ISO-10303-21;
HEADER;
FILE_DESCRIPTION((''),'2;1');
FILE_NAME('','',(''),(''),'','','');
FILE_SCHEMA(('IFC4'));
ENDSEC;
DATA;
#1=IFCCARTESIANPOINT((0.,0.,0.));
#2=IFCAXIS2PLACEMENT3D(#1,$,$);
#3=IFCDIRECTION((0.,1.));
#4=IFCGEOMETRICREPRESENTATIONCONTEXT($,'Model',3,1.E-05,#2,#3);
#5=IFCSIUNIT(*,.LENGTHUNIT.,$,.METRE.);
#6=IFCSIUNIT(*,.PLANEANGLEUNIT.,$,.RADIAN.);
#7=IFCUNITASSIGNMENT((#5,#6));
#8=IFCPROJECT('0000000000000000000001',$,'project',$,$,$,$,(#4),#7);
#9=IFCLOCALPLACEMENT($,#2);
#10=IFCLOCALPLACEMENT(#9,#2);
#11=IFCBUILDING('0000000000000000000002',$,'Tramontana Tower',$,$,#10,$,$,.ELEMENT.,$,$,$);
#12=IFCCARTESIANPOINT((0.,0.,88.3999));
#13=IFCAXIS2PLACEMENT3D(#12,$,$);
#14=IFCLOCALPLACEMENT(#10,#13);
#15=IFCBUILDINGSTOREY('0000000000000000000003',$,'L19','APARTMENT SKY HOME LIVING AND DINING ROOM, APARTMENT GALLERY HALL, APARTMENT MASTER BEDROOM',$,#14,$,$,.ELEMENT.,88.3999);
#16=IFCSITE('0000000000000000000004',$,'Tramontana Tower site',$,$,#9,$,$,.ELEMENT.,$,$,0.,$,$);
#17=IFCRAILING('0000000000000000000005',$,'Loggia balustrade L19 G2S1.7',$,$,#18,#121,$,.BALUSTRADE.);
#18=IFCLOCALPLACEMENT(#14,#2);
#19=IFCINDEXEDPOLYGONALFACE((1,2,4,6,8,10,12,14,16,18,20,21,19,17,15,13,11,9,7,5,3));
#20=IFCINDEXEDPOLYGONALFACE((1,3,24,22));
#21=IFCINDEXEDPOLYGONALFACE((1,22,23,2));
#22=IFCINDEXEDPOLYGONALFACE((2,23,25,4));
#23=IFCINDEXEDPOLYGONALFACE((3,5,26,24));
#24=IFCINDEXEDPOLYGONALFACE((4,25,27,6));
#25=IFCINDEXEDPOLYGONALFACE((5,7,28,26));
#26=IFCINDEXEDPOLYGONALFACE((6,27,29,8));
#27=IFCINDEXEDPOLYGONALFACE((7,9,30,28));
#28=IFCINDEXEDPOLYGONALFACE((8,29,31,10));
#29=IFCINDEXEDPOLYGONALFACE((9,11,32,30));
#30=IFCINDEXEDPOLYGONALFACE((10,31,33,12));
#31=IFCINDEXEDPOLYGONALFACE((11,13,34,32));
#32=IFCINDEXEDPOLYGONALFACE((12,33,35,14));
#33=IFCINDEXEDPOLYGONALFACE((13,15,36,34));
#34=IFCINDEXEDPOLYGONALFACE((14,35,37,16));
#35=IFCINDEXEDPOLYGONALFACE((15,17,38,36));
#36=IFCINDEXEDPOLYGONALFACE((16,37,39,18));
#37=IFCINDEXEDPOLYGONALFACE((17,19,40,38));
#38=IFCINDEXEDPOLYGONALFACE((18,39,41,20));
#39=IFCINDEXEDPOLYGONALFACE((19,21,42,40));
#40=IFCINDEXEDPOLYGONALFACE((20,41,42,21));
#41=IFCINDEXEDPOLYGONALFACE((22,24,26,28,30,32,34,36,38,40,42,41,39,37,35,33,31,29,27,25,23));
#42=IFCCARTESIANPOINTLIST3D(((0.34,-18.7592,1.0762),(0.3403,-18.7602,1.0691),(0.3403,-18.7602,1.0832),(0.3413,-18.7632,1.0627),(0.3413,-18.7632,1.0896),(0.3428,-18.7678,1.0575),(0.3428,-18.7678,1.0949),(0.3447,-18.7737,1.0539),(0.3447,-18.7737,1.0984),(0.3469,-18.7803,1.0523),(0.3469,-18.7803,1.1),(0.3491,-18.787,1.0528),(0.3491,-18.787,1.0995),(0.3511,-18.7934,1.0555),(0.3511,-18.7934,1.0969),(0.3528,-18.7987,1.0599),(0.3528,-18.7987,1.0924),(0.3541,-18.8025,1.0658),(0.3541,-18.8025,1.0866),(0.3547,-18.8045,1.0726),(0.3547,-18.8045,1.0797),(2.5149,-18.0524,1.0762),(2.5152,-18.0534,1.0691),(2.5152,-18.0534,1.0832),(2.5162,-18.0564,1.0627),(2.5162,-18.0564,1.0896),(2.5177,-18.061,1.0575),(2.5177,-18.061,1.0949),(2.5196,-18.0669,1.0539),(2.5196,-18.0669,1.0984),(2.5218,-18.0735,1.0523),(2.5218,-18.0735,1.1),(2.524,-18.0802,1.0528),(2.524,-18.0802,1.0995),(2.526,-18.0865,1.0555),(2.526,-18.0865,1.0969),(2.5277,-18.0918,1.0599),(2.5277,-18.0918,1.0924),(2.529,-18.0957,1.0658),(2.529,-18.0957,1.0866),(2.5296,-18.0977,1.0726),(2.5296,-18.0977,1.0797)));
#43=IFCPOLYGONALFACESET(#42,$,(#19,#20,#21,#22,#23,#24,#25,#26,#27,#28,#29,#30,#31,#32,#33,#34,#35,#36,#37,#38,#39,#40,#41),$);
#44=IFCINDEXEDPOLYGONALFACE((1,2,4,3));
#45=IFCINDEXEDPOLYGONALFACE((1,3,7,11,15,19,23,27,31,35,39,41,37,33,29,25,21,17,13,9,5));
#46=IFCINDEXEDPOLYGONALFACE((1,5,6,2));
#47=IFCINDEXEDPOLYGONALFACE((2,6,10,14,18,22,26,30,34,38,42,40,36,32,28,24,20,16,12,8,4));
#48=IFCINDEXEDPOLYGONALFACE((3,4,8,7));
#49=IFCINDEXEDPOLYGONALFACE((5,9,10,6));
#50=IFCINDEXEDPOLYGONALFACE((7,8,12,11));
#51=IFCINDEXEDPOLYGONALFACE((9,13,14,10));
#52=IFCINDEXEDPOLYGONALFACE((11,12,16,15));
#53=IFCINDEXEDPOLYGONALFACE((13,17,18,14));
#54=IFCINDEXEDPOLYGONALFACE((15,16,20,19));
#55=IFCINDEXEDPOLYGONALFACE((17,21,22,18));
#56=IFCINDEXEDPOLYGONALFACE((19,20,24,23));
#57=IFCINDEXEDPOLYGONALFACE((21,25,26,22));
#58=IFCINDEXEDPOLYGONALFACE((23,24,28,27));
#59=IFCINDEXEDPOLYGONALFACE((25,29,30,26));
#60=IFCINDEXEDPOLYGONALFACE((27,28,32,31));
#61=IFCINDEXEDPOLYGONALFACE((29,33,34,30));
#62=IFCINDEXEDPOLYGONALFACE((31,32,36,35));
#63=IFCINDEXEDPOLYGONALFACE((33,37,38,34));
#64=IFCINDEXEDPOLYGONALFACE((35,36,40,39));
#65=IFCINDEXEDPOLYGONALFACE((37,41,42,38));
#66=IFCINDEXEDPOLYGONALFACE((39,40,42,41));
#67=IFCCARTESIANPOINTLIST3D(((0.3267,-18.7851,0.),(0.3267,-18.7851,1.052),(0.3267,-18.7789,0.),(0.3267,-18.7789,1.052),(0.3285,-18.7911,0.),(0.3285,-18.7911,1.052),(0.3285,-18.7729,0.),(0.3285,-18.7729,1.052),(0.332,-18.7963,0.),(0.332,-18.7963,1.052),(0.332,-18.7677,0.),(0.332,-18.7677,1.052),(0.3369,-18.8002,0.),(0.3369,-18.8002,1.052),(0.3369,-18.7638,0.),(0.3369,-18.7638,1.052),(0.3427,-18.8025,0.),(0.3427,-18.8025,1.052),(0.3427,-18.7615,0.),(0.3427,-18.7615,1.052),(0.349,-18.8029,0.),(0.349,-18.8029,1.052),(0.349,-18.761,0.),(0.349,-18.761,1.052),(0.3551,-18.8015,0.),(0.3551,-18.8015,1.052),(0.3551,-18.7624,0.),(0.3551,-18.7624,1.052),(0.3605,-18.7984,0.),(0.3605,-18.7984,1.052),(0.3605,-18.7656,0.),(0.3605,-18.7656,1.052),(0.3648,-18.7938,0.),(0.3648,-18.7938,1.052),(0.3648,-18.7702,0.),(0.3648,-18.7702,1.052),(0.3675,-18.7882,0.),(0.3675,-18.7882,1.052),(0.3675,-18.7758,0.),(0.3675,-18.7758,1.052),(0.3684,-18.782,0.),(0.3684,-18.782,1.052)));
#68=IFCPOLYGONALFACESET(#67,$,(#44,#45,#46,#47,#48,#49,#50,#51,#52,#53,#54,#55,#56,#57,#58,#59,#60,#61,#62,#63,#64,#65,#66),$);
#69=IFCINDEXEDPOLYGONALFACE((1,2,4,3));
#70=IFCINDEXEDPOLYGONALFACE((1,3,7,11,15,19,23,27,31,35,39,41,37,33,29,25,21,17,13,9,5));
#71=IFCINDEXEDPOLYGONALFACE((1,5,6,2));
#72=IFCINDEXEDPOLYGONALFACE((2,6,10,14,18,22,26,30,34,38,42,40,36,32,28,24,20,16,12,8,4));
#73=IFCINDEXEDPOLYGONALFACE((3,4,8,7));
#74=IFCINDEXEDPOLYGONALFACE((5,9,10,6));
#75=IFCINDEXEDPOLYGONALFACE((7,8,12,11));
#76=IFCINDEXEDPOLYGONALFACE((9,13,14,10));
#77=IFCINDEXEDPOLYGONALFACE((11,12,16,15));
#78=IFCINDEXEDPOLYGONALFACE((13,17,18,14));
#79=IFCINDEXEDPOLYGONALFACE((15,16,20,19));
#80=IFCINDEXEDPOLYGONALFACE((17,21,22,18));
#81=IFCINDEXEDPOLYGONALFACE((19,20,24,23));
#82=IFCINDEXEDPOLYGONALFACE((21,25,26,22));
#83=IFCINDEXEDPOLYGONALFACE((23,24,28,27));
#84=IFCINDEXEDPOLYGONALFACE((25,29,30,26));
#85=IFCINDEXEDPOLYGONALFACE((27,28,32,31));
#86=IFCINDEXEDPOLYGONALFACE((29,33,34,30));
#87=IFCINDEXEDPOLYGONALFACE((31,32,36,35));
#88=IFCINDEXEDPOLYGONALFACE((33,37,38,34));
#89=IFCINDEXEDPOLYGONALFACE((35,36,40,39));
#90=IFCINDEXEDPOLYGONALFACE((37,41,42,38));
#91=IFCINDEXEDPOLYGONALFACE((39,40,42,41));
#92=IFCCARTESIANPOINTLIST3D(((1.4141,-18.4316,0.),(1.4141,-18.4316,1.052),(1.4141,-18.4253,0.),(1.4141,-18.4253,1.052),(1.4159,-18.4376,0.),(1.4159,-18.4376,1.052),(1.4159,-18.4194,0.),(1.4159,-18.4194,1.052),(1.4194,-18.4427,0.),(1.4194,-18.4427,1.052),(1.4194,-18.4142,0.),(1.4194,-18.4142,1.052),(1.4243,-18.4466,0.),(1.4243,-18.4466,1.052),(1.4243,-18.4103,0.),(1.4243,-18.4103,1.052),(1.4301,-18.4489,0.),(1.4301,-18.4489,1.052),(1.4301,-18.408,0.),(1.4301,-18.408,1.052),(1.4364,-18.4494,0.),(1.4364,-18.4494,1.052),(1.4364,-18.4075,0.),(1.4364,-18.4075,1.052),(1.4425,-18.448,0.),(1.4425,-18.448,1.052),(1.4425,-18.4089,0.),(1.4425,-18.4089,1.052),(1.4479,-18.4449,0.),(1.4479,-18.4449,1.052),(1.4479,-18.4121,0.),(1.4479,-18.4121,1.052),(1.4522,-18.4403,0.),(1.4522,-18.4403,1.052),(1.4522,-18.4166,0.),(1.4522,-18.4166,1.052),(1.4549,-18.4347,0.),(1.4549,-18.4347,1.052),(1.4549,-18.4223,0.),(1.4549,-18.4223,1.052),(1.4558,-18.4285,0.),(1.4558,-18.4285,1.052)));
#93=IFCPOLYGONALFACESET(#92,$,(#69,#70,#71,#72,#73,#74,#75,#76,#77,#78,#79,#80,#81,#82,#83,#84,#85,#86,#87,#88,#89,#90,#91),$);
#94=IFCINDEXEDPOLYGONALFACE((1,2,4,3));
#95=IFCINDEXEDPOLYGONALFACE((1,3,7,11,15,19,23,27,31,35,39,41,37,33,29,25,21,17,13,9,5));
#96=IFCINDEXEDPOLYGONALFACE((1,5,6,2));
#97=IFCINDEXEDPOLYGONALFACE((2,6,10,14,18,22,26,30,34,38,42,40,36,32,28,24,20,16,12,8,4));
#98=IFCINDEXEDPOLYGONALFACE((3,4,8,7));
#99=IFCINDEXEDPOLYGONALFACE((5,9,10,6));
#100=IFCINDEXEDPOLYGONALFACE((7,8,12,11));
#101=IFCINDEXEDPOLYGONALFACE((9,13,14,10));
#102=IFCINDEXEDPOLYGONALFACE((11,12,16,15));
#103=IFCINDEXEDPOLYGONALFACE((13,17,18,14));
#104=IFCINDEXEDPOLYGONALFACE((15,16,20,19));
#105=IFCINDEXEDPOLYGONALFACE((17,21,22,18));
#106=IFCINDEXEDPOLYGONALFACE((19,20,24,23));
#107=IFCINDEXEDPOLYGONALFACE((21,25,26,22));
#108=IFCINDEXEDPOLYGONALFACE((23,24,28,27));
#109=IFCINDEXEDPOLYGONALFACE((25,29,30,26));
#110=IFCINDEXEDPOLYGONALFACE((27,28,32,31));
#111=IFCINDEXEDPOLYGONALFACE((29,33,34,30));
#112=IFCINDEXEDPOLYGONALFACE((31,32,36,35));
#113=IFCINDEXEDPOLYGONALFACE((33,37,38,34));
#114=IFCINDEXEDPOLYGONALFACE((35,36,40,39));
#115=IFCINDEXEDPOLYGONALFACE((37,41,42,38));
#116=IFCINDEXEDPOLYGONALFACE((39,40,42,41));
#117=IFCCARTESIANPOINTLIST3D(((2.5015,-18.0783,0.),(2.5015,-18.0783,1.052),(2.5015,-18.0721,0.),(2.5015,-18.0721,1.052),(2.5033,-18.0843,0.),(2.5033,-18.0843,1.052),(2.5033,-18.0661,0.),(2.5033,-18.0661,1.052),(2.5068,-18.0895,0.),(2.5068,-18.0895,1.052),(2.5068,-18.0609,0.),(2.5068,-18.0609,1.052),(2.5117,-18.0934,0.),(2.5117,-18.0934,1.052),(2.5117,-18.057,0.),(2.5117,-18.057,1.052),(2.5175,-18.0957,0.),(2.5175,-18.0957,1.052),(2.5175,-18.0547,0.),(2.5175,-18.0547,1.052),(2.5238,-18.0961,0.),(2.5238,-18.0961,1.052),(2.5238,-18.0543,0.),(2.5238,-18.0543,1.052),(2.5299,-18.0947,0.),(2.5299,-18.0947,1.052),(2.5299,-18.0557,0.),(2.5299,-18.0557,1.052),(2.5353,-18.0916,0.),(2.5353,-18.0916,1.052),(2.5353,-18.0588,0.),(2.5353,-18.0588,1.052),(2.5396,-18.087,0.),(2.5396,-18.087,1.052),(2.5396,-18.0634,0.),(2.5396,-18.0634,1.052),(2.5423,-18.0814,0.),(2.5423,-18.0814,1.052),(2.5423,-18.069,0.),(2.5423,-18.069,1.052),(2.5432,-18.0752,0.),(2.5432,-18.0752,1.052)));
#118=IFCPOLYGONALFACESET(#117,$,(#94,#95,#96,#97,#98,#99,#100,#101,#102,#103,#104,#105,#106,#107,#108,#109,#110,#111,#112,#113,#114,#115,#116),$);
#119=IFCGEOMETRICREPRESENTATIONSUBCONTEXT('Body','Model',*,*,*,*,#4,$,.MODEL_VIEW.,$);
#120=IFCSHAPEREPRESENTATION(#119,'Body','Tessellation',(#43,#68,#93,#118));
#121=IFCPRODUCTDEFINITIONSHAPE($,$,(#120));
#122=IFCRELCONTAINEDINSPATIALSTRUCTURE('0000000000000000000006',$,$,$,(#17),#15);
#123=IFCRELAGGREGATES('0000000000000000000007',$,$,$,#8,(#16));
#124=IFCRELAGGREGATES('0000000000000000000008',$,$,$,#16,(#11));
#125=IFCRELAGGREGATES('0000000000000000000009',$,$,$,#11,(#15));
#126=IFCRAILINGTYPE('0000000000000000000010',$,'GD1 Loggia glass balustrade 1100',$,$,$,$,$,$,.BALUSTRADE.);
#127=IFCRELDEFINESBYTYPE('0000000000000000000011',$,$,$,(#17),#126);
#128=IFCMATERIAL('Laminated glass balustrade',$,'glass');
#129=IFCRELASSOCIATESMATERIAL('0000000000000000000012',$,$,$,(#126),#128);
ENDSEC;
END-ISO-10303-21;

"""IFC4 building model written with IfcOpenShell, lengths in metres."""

from ifc_helpers import new_model, si_unit, direction, frame, origin, origin_2d, place, context, subcontext, project, spatial, circle, extrude, material, type_object, element, save


model = new_model("IFC4")

# Units and contexts
model_context = context("Model", 3, precision=1e-05, world=origin(), true_north=direction((0.0, 1.0)))
body_context = subcontext(model_context, "Body", "Model", "MODEL_VIEW")
ifc_project = project(units=[si_unit("LENGTHUNIT", "METRE"), si_unit("PLANEANGLEUNIT", "RADIAN")], contexts=[model_context])

# Site, building, storey
site_placement = place(None, origin())
site = spatial("IfcSite", under=ifc_project, at=site_placement, Name="Tramontana Tower site", CompositionType="ELEMENT", RefElevation=0.0)
building_placement = place(site_placement, origin())
building = spatial("IfcBuilding", under=site, at=building_placement, Name="Tramontana Tower", CompositionType="ELEMENT")
storey_placement = place(building_placement, frame((0.0, 0.0, 88.3999)))
storey = spatial("IfcBuildingStorey", under=building, at=storey_placement, Name="L19", Description="APARTMENT SKY HOME LIVING AND DINING ROOM, APARTMENT GALLERY HALL, APARTMENT MASTER BEDROOM", CompositionType="ELEMENT", Elevation=88.3999)

# Railing
ifc_material_1 = material(Name="Laminated glass balustrade", Category="glass")
railing_type = type_object("IfcRailingType", Name="GD1 Loggia glass balustrade 1100", PredefinedType="BALUSTRADE", material=ifc_material_1)
railing_1_placement = place(storey_placement, frame((0.3474, -18.782, 0.0)))
element("IfcRailing", 1, at=railing_1_placement, inside=storey, type_object=railing_type, Name="Loggia balustrade L19 G2S1.7", PredefinedType="BALUSTRADE", context=body_context, shape_type="SweptSolid", body=[
    extrude(circle(Radius=0.0239, at=origin_2d()), frame((0.0, 0.0, 1.0762), z_axis=(0.951037, 0.309076, 0.0), x_axis=(-0.309076, 0.951037, 0.0)), (0.0, 0.0, 1.0), 2.2869),
    extrude(circle(Radius=0.021, at=origin_2d()), origin(), (0.0, 0.0, 1.0), 1.052),
    extrude(circle(Radius=0.021, at=origin_2d()), frame((1.0874, 0.3535, 0.0)), (0.0, 0.0, 1.0), 1.052),
    extrude(circle(Radius=0.021, at=origin_2d()), frame((2.1748, 0.7068, 0.0)), (0.0, 0.0, 1.0), 1.052),
])

save(model, "model.ifc")
